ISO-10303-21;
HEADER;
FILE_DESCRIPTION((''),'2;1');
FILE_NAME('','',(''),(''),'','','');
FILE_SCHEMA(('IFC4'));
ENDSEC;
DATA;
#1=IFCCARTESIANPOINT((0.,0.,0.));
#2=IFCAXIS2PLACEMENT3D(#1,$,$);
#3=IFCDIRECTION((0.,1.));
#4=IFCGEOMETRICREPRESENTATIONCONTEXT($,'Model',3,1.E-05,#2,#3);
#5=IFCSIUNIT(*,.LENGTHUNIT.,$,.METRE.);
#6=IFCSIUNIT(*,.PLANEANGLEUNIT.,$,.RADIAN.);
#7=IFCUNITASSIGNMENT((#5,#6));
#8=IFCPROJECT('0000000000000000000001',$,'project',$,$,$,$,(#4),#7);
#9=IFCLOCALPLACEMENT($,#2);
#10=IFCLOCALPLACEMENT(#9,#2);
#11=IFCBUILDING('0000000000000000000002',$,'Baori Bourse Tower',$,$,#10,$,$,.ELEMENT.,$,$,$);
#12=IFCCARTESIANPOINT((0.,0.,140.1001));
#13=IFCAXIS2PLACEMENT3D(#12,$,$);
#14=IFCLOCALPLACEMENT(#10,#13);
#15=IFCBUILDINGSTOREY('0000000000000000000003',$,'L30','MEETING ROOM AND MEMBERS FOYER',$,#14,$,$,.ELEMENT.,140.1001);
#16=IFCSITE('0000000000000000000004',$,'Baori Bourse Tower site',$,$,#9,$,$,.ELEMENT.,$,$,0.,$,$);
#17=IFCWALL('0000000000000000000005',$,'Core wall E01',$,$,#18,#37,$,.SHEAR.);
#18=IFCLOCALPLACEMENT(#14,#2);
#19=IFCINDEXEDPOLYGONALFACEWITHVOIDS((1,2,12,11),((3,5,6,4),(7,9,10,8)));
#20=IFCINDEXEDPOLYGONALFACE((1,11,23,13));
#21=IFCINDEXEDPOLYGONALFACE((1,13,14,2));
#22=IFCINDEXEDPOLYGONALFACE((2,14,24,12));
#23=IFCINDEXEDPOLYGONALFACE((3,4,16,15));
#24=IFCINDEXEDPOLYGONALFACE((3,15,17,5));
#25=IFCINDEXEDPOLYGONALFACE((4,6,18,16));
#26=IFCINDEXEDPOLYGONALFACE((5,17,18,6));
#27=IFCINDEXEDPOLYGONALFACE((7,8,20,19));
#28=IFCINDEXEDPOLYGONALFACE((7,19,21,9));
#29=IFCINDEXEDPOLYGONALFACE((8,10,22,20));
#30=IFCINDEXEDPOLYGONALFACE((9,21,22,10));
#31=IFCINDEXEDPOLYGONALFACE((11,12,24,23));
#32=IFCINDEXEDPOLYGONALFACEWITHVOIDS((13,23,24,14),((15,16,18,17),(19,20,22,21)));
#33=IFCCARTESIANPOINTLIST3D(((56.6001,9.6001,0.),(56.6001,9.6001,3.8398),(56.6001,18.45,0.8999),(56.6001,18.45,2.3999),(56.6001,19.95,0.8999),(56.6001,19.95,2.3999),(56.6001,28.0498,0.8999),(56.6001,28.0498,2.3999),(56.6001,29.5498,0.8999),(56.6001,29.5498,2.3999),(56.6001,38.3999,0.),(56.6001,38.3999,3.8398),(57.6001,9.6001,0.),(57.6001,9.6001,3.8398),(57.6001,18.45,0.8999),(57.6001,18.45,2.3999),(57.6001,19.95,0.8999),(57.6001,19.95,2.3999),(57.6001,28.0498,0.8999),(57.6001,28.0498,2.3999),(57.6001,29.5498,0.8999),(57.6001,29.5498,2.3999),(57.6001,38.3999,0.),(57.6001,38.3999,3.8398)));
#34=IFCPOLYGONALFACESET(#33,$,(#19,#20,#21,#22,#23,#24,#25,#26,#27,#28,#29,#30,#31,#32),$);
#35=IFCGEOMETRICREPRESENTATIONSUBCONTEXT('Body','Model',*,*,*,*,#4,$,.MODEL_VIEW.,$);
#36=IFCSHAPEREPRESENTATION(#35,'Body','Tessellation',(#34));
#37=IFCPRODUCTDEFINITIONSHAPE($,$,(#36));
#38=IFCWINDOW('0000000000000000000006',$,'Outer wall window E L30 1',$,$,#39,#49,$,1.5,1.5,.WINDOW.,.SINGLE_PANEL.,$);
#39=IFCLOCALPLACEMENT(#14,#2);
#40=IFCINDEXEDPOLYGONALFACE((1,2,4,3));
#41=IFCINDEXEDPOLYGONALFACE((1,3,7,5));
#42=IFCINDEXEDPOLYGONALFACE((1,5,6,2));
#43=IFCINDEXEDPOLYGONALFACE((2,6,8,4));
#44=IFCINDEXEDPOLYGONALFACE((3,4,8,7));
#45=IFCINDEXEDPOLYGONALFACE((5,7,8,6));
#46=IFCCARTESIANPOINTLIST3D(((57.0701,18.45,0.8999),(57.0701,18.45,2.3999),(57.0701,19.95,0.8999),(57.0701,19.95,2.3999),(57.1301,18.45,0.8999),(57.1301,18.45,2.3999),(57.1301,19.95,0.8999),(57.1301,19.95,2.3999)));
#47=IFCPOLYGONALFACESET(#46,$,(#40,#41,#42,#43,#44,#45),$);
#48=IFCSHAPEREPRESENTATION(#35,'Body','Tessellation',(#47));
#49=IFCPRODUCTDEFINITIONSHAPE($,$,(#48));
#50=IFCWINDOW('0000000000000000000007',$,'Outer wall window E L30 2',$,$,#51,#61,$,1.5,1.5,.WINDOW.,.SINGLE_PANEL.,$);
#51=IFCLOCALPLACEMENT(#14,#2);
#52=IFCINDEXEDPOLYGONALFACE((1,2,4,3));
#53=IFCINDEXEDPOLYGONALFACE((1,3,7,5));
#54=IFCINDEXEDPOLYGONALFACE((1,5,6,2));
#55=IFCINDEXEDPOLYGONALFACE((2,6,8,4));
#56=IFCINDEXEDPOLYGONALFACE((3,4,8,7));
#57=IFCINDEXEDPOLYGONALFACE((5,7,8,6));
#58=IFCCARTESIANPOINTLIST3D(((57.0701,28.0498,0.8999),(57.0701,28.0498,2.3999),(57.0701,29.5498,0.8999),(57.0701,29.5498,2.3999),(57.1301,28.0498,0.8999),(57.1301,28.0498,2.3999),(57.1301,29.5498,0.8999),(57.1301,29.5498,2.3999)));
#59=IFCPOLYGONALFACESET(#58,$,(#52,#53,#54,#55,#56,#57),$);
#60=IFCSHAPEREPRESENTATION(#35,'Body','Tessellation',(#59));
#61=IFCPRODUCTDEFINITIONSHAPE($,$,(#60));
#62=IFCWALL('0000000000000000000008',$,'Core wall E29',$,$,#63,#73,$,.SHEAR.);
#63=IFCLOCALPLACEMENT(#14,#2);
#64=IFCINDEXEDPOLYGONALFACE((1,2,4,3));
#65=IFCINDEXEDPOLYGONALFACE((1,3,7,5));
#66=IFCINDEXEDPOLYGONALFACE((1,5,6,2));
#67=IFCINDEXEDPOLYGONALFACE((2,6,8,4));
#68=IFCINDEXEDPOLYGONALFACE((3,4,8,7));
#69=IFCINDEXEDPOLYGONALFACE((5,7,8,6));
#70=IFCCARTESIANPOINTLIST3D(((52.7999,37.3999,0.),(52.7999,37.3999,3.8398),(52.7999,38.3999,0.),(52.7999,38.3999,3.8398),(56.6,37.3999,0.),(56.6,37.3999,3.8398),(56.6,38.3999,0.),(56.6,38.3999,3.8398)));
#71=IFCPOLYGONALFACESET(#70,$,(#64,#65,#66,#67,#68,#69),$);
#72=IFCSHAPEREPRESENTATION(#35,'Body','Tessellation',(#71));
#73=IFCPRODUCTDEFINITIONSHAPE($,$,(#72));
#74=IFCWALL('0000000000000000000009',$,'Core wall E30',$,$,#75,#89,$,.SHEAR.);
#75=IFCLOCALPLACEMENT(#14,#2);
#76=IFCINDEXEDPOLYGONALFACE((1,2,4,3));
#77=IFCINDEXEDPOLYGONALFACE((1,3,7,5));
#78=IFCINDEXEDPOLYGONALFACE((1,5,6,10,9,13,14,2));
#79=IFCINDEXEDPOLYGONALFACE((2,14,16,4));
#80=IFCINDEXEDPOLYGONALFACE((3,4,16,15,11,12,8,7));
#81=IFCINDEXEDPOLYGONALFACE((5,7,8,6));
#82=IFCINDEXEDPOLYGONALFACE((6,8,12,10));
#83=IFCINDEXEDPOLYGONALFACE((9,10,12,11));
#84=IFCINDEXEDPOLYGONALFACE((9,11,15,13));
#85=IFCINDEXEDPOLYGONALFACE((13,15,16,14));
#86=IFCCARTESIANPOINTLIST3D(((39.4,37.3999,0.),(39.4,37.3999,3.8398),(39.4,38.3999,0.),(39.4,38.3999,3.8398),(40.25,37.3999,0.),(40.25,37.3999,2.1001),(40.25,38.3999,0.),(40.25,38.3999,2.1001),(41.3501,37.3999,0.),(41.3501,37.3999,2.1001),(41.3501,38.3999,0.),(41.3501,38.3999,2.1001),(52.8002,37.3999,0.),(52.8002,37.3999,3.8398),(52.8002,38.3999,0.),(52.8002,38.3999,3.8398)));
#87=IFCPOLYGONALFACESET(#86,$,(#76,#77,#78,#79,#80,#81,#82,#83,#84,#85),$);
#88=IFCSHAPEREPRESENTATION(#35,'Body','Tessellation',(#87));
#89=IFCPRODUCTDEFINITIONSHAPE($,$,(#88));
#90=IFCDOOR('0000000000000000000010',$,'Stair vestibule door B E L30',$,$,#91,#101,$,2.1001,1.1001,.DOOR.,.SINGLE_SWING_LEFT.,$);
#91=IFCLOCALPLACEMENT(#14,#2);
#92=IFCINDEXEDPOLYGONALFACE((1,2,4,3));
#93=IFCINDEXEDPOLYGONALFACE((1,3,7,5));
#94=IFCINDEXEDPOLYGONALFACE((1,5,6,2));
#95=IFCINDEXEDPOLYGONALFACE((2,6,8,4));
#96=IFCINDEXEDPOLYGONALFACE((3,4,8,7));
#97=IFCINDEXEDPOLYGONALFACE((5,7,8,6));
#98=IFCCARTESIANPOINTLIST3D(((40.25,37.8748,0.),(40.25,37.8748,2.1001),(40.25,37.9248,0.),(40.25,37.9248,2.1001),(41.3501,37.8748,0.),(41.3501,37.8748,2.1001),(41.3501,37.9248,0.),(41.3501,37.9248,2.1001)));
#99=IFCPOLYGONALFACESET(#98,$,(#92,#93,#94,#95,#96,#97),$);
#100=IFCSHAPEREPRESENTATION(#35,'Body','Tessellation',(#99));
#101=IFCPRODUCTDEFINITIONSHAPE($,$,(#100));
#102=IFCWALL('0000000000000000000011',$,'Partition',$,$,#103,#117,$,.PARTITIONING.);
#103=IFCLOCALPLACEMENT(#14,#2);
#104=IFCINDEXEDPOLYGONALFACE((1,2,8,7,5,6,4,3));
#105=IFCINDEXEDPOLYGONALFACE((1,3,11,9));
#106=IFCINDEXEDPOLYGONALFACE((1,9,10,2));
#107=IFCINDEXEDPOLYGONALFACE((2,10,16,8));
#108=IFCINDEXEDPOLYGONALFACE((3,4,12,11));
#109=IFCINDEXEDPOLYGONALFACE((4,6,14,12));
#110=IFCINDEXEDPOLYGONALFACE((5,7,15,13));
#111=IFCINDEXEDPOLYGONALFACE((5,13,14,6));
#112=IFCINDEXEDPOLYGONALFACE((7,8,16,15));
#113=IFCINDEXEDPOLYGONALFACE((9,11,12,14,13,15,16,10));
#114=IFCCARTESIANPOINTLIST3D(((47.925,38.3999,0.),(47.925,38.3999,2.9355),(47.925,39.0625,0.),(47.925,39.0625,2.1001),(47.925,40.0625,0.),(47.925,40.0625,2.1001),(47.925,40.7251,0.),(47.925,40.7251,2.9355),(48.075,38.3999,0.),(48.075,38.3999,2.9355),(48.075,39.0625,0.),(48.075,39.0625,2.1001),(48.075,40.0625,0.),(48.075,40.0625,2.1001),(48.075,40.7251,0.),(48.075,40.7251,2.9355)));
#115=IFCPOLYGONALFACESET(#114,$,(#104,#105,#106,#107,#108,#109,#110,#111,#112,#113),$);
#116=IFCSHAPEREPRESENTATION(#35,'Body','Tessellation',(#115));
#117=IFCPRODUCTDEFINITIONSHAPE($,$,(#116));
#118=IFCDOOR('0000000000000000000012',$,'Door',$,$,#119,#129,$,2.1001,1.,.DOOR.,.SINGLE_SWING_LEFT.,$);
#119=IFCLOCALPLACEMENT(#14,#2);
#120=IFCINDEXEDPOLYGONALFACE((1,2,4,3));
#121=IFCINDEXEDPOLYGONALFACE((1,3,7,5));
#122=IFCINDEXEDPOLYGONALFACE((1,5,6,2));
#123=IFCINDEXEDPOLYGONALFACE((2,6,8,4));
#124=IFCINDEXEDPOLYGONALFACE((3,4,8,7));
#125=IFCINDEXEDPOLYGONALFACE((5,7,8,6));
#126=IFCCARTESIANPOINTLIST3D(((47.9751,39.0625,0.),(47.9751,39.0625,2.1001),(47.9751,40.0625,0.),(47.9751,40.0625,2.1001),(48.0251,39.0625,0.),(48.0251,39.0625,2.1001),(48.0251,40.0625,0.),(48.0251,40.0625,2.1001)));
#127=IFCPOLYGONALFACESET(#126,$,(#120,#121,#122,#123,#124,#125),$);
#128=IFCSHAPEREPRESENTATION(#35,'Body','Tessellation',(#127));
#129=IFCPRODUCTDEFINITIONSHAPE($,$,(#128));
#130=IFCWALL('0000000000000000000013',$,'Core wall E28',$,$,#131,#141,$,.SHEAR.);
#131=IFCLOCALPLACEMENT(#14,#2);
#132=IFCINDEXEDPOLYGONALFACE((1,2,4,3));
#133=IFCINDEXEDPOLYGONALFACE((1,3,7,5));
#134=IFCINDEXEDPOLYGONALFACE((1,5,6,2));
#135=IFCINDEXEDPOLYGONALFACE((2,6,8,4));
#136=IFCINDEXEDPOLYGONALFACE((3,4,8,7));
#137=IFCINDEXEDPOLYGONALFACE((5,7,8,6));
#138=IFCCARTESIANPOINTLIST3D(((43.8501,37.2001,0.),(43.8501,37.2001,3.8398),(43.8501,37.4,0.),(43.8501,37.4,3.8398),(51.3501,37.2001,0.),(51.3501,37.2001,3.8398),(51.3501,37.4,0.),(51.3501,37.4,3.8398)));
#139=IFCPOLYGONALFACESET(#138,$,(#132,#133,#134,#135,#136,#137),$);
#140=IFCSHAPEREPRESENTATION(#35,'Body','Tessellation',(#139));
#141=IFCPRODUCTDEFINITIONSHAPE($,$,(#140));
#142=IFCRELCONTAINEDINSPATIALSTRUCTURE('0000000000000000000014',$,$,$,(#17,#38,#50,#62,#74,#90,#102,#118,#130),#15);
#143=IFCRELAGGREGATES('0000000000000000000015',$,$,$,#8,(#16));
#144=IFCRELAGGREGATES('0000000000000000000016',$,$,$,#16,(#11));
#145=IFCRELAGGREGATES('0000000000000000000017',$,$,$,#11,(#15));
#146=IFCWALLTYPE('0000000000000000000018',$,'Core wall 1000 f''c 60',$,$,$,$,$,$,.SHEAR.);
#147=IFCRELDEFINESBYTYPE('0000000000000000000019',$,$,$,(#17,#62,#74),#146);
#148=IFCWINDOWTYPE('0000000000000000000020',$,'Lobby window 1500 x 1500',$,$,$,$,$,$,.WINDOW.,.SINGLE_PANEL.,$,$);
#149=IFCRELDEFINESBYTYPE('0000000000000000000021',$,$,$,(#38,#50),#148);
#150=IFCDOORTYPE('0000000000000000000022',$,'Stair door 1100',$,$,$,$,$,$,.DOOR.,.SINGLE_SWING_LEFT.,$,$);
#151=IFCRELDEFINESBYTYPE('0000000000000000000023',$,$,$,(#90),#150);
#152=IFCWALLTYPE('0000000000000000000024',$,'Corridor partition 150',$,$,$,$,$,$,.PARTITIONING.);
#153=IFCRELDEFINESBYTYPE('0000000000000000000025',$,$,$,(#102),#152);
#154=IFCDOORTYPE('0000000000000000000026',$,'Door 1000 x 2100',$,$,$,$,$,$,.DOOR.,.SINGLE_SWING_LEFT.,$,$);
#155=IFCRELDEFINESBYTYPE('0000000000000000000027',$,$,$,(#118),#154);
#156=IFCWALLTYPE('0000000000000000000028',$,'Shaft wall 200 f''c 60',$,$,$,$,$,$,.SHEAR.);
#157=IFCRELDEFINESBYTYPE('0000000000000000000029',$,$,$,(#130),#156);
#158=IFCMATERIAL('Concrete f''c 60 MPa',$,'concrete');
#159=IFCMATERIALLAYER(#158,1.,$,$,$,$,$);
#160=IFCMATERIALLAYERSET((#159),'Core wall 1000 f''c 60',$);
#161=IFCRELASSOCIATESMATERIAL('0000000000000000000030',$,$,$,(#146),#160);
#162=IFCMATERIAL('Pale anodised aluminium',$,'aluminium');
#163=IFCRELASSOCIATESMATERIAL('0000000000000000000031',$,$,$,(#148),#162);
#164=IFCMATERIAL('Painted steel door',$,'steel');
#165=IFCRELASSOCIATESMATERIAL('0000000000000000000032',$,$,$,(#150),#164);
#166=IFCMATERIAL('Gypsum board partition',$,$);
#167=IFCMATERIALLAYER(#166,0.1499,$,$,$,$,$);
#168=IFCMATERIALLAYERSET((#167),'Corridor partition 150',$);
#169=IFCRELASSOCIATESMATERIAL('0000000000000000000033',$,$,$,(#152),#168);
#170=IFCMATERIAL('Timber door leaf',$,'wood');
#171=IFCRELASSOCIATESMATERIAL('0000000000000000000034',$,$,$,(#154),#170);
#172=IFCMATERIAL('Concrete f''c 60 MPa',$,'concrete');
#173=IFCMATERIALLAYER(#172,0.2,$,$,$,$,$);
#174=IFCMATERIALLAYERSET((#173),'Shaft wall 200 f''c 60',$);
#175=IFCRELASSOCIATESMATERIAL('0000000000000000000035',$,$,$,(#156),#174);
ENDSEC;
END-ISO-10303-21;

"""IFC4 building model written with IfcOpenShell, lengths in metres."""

from ifc_helpers import new_model, si_unit, direction, frame, frame_2d, origin, place, context, subcontext, project, spatial, rectangle, extrude, material, layer, layer_set, type_object, element, fill, save


model = new_model("IFC4")

# Units and contexts
model_context = context("Model", 3, precision=1e-05, world=origin(), true_north=direction((0.0, 1.0)))
body_context = subcontext(model_context, "Body", "Model", "MODEL_VIEW")
ifc_project = project(units=[si_unit("LENGTHUNIT", "METRE"), si_unit("PLANEANGLEUNIT", "RADIAN")], contexts=[model_context])

# Site, building, storey
site_placement = place(None, origin())
site = spatial("IfcSite", under=ifc_project, at=site_placement, Name="Baori Bourse Tower site", CompositionType="ELEMENT", RefElevation=0.0)
building_placement = place(site_placement, origin())
building = spatial("IfcBuilding", under=site, at=building_placement, Name="Baori Bourse Tower", CompositionType="ELEMENT")
storey_placement = place(building_placement, frame((0.0, 0.0, 140.1001)))
storey = spatial("IfcBuildingStorey", under=building, at=storey_placement, Name="L30", Description="MEETING ROOM AND MEMBERS FOYER", CompositionType="ELEMENT", Elevation=140.1001)

# Wall, openings, windows
ifc_material_1 = material(Name="Concrete f'c 60 MPa", Category="concrete")
ifc_layer_1 = layer(ifc_material_1, 1.0)
ifc_layer_set_1 = layer_set([ifc_layer_1], Name="Core wall 1000 f'c 60")
wall_type_1 = type_object("IfcWallType", Name="Core wall 1000 f'c 60", PredefinedType="SHEAR", material=ifc_layer_set_1)
wall_1_placement = place(storey_placement, frame((57.1001, 38.3999, 0.0), z_axis=(0.0, 0.0, 1.0), x_axis=(0.0, -1.0, 0.0)))
wall_1 = element("IfcWall", 1, at=wall_1_placement, inside=storey, type_object=wall_type_1, Name="Core wall E01", PredefinedType="SHEAR", context=body_context, shape_type="SweptSolid", body=[
    extrude(rectangle(XDim=28.7998, YDim=1.0, at=frame_2d((14.3999, 0.0))), origin(), (0.0, 0.0, 1.0), 3.8398),
])
opening_1_placement = place(wall_1_placement, frame((18.45, 0.0, 0.8999)))
opening_1 = element("IfcOpeningElement", 2, at=opening_1_placement, cuts=wall_1, PredefinedType="OPENING", context=body_context, shape_type="SweptSolid", body=[
    extrude(rectangle(XDim=1.5, YDim=1.5, at=frame_2d((0.75, 0.75))), frame((0.0, 0.51, 0.0), z_axis=(0.0, -1.0, 0.0), x_axis=(1.0, 0.0, 0.0)), (0.0, 0.0, 1.0), 1.02),
])
opening_2_placement = place(wall_1_placement, frame((8.8501, 0.0, 0.8999)))
opening_2 = element("IfcOpeningElement", 3, at=opening_2_placement, cuts=wall_1, PredefinedType="OPENING", context=body_context, shape_type="SweptSolid", body=[
    extrude(rectangle(XDim=1.5, YDim=1.5, at=frame_2d((0.75, 0.75))), frame((0.0, 0.51, 0.0), z_axis=(0.0, -1.0, 0.0), x_axis=(1.0, 0.0, 0.0)), (0.0, 0.0, 1.0), 1.02),
])
ifc_material_2 = material(Name="Pale anodised aluminium", Category="aluminium")
window_type = type_object("IfcWindowType", Name="Lobby window 1500 x 1500", PartitioningType="SINGLE_PANEL", PredefinedType="WINDOW", material=ifc_material_2)
window_1_placement = place(opening_1_placement, origin())
window_1 = element("IfcWindow", 4, at=window_1_placement, inside=storey, type_object=window_type, Name="Outer wall window E L30 1", OverallHeight=1.5, OverallWidth=1.5, PartitioningType="SINGLE_PANEL", PredefinedType="WINDOW", context=body_context, shape_type="SweptSolid", body=[
    extrude(rectangle(XDim=1.5, YDim=1.5, at=frame_2d((0.75, 0.75))), frame((0.0, 0.03, 0.0), z_axis=(0.0, -1.0, 0.0), x_axis=(1.0, 0.0, 0.0)), (0.0, 0.0, 1.0), 0.0601),
])
fill(opening_1, window_1)
window_2_placement = place(opening_2_placement, origin())
window_2 = element("IfcWindow", 5, at=window_2_placement, inside=storey, type_object=window_type, Name="Outer wall window E L30 2", OverallHeight=1.5, OverallWidth=1.5, PartitioningType="SINGLE_PANEL", PredefinedType="WINDOW", context=body_context, shape_type="SweptSolid", body=[
    extrude(rectangle(XDim=1.5, YDim=1.5, at=frame_2d((0.75, 0.75))), frame((0.0, 0.03, 0.0), z_axis=(0.0, -1.0, 0.0), x_axis=(1.0, 0.0, 0.0)), (0.0, 0.0, 1.0), 0.0601),
])
fill(opening_2, window_2)

# Wall
wall_2_placement = place(storey_placement, frame((52.8, 37.8999, 0.0), z_axis=(0.0, 0.0, 1.0), x_axis=(1.0, 0.0, 0.0)))
element("IfcWall", 6, at=wall_2_placement, inside=storey, type_object=wall_type_1, Name="Core wall E29", PredefinedType="SHEAR", context=body_context, shape_type="SweptSolid", body=[
    extrude(rectangle(XDim=3.8, YDim=1.0, at=frame_2d((1.8999, 0.0))), origin(), (0.0, 0.0, 1.0), 3.8398),
])

# Walls, openings, doors
wall_3_placement = place(storey_placement, frame((39.3999, 37.8999, 0.0), z_axis=(0.0, 0.0, 1.0), x_axis=(1.0, 0.0, 0.0)))
wall_3 = element("IfcWall", 7, at=wall_3_placement, inside=storey, type_object=wall_type_1, Name="Core wall E30", PredefinedType="SHEAR", context=body_context, shape_type="SweptSolid", body=[
    extrude(rectangle(XDim=13.4001, YDim=1.0, at=frame_2d((6.7002, 0.0))), origin(), (0.0, 0.0, 1.0), 3.8398),
])
opening_3_placement = place(wall_3_placement, frame((0.8501, 0.0, 0.0)))
opening_3 = element("IfcOpeningElement", 8, at=opening_3_placement, cuts=wall_3, PredefinedType="OPENING", context=body_context, shape_type="SweptSolid", body=[
    extrude(rectangle(XDim=1.1001, YDim=2.1001, at=frame_2d((0.55, 1.05))), frame((0.0, 0.51, 0.0), z_axis=(0.0, -1.0, 0.0), x_axis=(1.0, 0.0, 0.0)), (0.0, 0.0, 1.0), 1.02),
])
ifc_material_3 = material(Name="Painted steel door", Category="steel")
door_type_1 = type_object("IfcDoorType", Name="Stair door 1100", OperationType="SINGLE_SWING_LEFT", PredefinedType="DOOR", material=ifc_material_3)
door_1_placement = place(opening_3_placement, origin())
door_1 = element("IfcDoor", 9, at=door_1_placement, inside=storey, type_object=door_type_1, Name="Stair vestibule door B E L30", OperationType="SINGLE_SWING_LEFT", OverallHeight=2.1001, OverallWidth=1.1001, PredefinedType="DOOR", context=body_context, shape_type="SweptSolid", body=[
    extrude(rectangle(XDim=1.1001, YDim=2.1001, at=frame_2d((0.55, 1.05))), frame((0.0, 0.0249, 0.0), z_axis=(0.0, -1.0, 0.0), x_axis=(1.0, 0.0, 0.0)), (0.0, 0.0, 1.0), 0.05),
])
fill(opening_3, door_1)
ifc_material_4 = material(Name="Gypsum board partition")
ifc_layer_2 = layer(ifc_material_4, 0.1499)
ifc_layer_set_2 = layer_set([ifc_layer_2], Name="Corridor partition 150")
wall_type_2 = type_object("IfcWallType", Name="Corridor partition 150", PredefinedType="PARTITIONING", material=ifc_layer_set_2)
wall_4_placement = place(storey_placement, frame((48.0, 38.3999, 0.0), z_axis=(0.0, 0.0, 1.0), x_axis=(0.0, 1.0, 0.0)))
wall_4 = element("IfcWall", 10, at=wall_4_placement, inside=storey, type_object=wall_type_2, Name="Partition", PredefinedType="PARTITIONING", context=body_context, shape_type="SweptSolid", body=[
    extrude(rectangle(XDim=2.3252, YDim=0.1499, at=frame_2d((1.1626, 0.0))), origin(), (0.0, 0.0, 1.0), 2.9355),
])
opening_4_placement = place(wall_4_placement, frame((0.6626, 0.0, 0.0)))
opening_4 = element("IfcOpeningElement", 11, at=opening_4_placement, cuts=wall_4, PredefinedType="OPENING", context=body_context, shape_type="SweptSolid", body=[
    extrude(rectangle(XDim=1.0, YDim=2.1001, at=frame_2d((0.5, 1.05))), frame((0.0, 0.085, 0.0), z_axis=(0.0, -1.0, 0.0), x_axis=(1.0, 0.0, 0.0)), (0.0, 0.0, 1.0), 0.1699),
])
ifc_material_5 = material(Name="Timber door leaf", Category="wood")
door_type_2 = type_object("IfcDoorType", Name="Door 1000 x 2100", OperationType="SINGLE_SWING_LEFT", PredefinedType="DOOR", material=ifc_material_5)
door_2_placement = place(opening_4_placement, origin())
door_2 = element("IfcDoor", 12, at=door_2_placement, inside=storey, type_object=door_type_2, Name="Door", OperationType="SINGLE_SWING_LEFT", OverallHeight=2.1001, OverallWidth=1.0, PredefinedType="DOOR", context=body_context, shape_type="SweptSolid", body=[
    extrude(rectangle(XDim=1.0, YDim=2.1001, at=frame_2d((0.5, 1.05))), frame((0.0, 0.0249, 0.0), z_axis=(0.0, -1.0, 0.0), x_axis=(1.0, 0.0, 0.0)), (0.0, 0.0, 1.0), 0.05),
])
fill(opening_4, door_2)

# Wall
ifc_material_6 = material(Name="Concrete f'c 60 MPa", Category="concrete")
ifc_layer_3 = layer(ifc_material_6, 0.2)
ifc_layer_set_3 = layer_set([ifc_layer_3], Name="Shaft wall 200 f'c 60")
wall_type_3 = type_object("IfcWallType", Name="Shaft wall 200 f'c 60", PredefinedType="SHEAR", material=ifc_layer_set_3)
wall_5_placement = place(storey_placement, frame((43.8501, 37.3, 0.0), z_axis=(0.0, 0.0, 1.0), x_axis=(1.0, 0.0, 0.0)))
element("IfcWall", 13, at=wall_5_placement, inside=storey, type_object=wall_type_3, Name="Core wall E28", PredefinedType="SHEAR", context=body_context, shape_type="SweptSolid", body=[
    extrude(rectangle(XDim=7.5, YDim=0.2, at=frame_2d((3.75, 0.0))), origin(), (0.0, 0.0, 1.0), 3.8398),
])

save(model, "model.ifc")
